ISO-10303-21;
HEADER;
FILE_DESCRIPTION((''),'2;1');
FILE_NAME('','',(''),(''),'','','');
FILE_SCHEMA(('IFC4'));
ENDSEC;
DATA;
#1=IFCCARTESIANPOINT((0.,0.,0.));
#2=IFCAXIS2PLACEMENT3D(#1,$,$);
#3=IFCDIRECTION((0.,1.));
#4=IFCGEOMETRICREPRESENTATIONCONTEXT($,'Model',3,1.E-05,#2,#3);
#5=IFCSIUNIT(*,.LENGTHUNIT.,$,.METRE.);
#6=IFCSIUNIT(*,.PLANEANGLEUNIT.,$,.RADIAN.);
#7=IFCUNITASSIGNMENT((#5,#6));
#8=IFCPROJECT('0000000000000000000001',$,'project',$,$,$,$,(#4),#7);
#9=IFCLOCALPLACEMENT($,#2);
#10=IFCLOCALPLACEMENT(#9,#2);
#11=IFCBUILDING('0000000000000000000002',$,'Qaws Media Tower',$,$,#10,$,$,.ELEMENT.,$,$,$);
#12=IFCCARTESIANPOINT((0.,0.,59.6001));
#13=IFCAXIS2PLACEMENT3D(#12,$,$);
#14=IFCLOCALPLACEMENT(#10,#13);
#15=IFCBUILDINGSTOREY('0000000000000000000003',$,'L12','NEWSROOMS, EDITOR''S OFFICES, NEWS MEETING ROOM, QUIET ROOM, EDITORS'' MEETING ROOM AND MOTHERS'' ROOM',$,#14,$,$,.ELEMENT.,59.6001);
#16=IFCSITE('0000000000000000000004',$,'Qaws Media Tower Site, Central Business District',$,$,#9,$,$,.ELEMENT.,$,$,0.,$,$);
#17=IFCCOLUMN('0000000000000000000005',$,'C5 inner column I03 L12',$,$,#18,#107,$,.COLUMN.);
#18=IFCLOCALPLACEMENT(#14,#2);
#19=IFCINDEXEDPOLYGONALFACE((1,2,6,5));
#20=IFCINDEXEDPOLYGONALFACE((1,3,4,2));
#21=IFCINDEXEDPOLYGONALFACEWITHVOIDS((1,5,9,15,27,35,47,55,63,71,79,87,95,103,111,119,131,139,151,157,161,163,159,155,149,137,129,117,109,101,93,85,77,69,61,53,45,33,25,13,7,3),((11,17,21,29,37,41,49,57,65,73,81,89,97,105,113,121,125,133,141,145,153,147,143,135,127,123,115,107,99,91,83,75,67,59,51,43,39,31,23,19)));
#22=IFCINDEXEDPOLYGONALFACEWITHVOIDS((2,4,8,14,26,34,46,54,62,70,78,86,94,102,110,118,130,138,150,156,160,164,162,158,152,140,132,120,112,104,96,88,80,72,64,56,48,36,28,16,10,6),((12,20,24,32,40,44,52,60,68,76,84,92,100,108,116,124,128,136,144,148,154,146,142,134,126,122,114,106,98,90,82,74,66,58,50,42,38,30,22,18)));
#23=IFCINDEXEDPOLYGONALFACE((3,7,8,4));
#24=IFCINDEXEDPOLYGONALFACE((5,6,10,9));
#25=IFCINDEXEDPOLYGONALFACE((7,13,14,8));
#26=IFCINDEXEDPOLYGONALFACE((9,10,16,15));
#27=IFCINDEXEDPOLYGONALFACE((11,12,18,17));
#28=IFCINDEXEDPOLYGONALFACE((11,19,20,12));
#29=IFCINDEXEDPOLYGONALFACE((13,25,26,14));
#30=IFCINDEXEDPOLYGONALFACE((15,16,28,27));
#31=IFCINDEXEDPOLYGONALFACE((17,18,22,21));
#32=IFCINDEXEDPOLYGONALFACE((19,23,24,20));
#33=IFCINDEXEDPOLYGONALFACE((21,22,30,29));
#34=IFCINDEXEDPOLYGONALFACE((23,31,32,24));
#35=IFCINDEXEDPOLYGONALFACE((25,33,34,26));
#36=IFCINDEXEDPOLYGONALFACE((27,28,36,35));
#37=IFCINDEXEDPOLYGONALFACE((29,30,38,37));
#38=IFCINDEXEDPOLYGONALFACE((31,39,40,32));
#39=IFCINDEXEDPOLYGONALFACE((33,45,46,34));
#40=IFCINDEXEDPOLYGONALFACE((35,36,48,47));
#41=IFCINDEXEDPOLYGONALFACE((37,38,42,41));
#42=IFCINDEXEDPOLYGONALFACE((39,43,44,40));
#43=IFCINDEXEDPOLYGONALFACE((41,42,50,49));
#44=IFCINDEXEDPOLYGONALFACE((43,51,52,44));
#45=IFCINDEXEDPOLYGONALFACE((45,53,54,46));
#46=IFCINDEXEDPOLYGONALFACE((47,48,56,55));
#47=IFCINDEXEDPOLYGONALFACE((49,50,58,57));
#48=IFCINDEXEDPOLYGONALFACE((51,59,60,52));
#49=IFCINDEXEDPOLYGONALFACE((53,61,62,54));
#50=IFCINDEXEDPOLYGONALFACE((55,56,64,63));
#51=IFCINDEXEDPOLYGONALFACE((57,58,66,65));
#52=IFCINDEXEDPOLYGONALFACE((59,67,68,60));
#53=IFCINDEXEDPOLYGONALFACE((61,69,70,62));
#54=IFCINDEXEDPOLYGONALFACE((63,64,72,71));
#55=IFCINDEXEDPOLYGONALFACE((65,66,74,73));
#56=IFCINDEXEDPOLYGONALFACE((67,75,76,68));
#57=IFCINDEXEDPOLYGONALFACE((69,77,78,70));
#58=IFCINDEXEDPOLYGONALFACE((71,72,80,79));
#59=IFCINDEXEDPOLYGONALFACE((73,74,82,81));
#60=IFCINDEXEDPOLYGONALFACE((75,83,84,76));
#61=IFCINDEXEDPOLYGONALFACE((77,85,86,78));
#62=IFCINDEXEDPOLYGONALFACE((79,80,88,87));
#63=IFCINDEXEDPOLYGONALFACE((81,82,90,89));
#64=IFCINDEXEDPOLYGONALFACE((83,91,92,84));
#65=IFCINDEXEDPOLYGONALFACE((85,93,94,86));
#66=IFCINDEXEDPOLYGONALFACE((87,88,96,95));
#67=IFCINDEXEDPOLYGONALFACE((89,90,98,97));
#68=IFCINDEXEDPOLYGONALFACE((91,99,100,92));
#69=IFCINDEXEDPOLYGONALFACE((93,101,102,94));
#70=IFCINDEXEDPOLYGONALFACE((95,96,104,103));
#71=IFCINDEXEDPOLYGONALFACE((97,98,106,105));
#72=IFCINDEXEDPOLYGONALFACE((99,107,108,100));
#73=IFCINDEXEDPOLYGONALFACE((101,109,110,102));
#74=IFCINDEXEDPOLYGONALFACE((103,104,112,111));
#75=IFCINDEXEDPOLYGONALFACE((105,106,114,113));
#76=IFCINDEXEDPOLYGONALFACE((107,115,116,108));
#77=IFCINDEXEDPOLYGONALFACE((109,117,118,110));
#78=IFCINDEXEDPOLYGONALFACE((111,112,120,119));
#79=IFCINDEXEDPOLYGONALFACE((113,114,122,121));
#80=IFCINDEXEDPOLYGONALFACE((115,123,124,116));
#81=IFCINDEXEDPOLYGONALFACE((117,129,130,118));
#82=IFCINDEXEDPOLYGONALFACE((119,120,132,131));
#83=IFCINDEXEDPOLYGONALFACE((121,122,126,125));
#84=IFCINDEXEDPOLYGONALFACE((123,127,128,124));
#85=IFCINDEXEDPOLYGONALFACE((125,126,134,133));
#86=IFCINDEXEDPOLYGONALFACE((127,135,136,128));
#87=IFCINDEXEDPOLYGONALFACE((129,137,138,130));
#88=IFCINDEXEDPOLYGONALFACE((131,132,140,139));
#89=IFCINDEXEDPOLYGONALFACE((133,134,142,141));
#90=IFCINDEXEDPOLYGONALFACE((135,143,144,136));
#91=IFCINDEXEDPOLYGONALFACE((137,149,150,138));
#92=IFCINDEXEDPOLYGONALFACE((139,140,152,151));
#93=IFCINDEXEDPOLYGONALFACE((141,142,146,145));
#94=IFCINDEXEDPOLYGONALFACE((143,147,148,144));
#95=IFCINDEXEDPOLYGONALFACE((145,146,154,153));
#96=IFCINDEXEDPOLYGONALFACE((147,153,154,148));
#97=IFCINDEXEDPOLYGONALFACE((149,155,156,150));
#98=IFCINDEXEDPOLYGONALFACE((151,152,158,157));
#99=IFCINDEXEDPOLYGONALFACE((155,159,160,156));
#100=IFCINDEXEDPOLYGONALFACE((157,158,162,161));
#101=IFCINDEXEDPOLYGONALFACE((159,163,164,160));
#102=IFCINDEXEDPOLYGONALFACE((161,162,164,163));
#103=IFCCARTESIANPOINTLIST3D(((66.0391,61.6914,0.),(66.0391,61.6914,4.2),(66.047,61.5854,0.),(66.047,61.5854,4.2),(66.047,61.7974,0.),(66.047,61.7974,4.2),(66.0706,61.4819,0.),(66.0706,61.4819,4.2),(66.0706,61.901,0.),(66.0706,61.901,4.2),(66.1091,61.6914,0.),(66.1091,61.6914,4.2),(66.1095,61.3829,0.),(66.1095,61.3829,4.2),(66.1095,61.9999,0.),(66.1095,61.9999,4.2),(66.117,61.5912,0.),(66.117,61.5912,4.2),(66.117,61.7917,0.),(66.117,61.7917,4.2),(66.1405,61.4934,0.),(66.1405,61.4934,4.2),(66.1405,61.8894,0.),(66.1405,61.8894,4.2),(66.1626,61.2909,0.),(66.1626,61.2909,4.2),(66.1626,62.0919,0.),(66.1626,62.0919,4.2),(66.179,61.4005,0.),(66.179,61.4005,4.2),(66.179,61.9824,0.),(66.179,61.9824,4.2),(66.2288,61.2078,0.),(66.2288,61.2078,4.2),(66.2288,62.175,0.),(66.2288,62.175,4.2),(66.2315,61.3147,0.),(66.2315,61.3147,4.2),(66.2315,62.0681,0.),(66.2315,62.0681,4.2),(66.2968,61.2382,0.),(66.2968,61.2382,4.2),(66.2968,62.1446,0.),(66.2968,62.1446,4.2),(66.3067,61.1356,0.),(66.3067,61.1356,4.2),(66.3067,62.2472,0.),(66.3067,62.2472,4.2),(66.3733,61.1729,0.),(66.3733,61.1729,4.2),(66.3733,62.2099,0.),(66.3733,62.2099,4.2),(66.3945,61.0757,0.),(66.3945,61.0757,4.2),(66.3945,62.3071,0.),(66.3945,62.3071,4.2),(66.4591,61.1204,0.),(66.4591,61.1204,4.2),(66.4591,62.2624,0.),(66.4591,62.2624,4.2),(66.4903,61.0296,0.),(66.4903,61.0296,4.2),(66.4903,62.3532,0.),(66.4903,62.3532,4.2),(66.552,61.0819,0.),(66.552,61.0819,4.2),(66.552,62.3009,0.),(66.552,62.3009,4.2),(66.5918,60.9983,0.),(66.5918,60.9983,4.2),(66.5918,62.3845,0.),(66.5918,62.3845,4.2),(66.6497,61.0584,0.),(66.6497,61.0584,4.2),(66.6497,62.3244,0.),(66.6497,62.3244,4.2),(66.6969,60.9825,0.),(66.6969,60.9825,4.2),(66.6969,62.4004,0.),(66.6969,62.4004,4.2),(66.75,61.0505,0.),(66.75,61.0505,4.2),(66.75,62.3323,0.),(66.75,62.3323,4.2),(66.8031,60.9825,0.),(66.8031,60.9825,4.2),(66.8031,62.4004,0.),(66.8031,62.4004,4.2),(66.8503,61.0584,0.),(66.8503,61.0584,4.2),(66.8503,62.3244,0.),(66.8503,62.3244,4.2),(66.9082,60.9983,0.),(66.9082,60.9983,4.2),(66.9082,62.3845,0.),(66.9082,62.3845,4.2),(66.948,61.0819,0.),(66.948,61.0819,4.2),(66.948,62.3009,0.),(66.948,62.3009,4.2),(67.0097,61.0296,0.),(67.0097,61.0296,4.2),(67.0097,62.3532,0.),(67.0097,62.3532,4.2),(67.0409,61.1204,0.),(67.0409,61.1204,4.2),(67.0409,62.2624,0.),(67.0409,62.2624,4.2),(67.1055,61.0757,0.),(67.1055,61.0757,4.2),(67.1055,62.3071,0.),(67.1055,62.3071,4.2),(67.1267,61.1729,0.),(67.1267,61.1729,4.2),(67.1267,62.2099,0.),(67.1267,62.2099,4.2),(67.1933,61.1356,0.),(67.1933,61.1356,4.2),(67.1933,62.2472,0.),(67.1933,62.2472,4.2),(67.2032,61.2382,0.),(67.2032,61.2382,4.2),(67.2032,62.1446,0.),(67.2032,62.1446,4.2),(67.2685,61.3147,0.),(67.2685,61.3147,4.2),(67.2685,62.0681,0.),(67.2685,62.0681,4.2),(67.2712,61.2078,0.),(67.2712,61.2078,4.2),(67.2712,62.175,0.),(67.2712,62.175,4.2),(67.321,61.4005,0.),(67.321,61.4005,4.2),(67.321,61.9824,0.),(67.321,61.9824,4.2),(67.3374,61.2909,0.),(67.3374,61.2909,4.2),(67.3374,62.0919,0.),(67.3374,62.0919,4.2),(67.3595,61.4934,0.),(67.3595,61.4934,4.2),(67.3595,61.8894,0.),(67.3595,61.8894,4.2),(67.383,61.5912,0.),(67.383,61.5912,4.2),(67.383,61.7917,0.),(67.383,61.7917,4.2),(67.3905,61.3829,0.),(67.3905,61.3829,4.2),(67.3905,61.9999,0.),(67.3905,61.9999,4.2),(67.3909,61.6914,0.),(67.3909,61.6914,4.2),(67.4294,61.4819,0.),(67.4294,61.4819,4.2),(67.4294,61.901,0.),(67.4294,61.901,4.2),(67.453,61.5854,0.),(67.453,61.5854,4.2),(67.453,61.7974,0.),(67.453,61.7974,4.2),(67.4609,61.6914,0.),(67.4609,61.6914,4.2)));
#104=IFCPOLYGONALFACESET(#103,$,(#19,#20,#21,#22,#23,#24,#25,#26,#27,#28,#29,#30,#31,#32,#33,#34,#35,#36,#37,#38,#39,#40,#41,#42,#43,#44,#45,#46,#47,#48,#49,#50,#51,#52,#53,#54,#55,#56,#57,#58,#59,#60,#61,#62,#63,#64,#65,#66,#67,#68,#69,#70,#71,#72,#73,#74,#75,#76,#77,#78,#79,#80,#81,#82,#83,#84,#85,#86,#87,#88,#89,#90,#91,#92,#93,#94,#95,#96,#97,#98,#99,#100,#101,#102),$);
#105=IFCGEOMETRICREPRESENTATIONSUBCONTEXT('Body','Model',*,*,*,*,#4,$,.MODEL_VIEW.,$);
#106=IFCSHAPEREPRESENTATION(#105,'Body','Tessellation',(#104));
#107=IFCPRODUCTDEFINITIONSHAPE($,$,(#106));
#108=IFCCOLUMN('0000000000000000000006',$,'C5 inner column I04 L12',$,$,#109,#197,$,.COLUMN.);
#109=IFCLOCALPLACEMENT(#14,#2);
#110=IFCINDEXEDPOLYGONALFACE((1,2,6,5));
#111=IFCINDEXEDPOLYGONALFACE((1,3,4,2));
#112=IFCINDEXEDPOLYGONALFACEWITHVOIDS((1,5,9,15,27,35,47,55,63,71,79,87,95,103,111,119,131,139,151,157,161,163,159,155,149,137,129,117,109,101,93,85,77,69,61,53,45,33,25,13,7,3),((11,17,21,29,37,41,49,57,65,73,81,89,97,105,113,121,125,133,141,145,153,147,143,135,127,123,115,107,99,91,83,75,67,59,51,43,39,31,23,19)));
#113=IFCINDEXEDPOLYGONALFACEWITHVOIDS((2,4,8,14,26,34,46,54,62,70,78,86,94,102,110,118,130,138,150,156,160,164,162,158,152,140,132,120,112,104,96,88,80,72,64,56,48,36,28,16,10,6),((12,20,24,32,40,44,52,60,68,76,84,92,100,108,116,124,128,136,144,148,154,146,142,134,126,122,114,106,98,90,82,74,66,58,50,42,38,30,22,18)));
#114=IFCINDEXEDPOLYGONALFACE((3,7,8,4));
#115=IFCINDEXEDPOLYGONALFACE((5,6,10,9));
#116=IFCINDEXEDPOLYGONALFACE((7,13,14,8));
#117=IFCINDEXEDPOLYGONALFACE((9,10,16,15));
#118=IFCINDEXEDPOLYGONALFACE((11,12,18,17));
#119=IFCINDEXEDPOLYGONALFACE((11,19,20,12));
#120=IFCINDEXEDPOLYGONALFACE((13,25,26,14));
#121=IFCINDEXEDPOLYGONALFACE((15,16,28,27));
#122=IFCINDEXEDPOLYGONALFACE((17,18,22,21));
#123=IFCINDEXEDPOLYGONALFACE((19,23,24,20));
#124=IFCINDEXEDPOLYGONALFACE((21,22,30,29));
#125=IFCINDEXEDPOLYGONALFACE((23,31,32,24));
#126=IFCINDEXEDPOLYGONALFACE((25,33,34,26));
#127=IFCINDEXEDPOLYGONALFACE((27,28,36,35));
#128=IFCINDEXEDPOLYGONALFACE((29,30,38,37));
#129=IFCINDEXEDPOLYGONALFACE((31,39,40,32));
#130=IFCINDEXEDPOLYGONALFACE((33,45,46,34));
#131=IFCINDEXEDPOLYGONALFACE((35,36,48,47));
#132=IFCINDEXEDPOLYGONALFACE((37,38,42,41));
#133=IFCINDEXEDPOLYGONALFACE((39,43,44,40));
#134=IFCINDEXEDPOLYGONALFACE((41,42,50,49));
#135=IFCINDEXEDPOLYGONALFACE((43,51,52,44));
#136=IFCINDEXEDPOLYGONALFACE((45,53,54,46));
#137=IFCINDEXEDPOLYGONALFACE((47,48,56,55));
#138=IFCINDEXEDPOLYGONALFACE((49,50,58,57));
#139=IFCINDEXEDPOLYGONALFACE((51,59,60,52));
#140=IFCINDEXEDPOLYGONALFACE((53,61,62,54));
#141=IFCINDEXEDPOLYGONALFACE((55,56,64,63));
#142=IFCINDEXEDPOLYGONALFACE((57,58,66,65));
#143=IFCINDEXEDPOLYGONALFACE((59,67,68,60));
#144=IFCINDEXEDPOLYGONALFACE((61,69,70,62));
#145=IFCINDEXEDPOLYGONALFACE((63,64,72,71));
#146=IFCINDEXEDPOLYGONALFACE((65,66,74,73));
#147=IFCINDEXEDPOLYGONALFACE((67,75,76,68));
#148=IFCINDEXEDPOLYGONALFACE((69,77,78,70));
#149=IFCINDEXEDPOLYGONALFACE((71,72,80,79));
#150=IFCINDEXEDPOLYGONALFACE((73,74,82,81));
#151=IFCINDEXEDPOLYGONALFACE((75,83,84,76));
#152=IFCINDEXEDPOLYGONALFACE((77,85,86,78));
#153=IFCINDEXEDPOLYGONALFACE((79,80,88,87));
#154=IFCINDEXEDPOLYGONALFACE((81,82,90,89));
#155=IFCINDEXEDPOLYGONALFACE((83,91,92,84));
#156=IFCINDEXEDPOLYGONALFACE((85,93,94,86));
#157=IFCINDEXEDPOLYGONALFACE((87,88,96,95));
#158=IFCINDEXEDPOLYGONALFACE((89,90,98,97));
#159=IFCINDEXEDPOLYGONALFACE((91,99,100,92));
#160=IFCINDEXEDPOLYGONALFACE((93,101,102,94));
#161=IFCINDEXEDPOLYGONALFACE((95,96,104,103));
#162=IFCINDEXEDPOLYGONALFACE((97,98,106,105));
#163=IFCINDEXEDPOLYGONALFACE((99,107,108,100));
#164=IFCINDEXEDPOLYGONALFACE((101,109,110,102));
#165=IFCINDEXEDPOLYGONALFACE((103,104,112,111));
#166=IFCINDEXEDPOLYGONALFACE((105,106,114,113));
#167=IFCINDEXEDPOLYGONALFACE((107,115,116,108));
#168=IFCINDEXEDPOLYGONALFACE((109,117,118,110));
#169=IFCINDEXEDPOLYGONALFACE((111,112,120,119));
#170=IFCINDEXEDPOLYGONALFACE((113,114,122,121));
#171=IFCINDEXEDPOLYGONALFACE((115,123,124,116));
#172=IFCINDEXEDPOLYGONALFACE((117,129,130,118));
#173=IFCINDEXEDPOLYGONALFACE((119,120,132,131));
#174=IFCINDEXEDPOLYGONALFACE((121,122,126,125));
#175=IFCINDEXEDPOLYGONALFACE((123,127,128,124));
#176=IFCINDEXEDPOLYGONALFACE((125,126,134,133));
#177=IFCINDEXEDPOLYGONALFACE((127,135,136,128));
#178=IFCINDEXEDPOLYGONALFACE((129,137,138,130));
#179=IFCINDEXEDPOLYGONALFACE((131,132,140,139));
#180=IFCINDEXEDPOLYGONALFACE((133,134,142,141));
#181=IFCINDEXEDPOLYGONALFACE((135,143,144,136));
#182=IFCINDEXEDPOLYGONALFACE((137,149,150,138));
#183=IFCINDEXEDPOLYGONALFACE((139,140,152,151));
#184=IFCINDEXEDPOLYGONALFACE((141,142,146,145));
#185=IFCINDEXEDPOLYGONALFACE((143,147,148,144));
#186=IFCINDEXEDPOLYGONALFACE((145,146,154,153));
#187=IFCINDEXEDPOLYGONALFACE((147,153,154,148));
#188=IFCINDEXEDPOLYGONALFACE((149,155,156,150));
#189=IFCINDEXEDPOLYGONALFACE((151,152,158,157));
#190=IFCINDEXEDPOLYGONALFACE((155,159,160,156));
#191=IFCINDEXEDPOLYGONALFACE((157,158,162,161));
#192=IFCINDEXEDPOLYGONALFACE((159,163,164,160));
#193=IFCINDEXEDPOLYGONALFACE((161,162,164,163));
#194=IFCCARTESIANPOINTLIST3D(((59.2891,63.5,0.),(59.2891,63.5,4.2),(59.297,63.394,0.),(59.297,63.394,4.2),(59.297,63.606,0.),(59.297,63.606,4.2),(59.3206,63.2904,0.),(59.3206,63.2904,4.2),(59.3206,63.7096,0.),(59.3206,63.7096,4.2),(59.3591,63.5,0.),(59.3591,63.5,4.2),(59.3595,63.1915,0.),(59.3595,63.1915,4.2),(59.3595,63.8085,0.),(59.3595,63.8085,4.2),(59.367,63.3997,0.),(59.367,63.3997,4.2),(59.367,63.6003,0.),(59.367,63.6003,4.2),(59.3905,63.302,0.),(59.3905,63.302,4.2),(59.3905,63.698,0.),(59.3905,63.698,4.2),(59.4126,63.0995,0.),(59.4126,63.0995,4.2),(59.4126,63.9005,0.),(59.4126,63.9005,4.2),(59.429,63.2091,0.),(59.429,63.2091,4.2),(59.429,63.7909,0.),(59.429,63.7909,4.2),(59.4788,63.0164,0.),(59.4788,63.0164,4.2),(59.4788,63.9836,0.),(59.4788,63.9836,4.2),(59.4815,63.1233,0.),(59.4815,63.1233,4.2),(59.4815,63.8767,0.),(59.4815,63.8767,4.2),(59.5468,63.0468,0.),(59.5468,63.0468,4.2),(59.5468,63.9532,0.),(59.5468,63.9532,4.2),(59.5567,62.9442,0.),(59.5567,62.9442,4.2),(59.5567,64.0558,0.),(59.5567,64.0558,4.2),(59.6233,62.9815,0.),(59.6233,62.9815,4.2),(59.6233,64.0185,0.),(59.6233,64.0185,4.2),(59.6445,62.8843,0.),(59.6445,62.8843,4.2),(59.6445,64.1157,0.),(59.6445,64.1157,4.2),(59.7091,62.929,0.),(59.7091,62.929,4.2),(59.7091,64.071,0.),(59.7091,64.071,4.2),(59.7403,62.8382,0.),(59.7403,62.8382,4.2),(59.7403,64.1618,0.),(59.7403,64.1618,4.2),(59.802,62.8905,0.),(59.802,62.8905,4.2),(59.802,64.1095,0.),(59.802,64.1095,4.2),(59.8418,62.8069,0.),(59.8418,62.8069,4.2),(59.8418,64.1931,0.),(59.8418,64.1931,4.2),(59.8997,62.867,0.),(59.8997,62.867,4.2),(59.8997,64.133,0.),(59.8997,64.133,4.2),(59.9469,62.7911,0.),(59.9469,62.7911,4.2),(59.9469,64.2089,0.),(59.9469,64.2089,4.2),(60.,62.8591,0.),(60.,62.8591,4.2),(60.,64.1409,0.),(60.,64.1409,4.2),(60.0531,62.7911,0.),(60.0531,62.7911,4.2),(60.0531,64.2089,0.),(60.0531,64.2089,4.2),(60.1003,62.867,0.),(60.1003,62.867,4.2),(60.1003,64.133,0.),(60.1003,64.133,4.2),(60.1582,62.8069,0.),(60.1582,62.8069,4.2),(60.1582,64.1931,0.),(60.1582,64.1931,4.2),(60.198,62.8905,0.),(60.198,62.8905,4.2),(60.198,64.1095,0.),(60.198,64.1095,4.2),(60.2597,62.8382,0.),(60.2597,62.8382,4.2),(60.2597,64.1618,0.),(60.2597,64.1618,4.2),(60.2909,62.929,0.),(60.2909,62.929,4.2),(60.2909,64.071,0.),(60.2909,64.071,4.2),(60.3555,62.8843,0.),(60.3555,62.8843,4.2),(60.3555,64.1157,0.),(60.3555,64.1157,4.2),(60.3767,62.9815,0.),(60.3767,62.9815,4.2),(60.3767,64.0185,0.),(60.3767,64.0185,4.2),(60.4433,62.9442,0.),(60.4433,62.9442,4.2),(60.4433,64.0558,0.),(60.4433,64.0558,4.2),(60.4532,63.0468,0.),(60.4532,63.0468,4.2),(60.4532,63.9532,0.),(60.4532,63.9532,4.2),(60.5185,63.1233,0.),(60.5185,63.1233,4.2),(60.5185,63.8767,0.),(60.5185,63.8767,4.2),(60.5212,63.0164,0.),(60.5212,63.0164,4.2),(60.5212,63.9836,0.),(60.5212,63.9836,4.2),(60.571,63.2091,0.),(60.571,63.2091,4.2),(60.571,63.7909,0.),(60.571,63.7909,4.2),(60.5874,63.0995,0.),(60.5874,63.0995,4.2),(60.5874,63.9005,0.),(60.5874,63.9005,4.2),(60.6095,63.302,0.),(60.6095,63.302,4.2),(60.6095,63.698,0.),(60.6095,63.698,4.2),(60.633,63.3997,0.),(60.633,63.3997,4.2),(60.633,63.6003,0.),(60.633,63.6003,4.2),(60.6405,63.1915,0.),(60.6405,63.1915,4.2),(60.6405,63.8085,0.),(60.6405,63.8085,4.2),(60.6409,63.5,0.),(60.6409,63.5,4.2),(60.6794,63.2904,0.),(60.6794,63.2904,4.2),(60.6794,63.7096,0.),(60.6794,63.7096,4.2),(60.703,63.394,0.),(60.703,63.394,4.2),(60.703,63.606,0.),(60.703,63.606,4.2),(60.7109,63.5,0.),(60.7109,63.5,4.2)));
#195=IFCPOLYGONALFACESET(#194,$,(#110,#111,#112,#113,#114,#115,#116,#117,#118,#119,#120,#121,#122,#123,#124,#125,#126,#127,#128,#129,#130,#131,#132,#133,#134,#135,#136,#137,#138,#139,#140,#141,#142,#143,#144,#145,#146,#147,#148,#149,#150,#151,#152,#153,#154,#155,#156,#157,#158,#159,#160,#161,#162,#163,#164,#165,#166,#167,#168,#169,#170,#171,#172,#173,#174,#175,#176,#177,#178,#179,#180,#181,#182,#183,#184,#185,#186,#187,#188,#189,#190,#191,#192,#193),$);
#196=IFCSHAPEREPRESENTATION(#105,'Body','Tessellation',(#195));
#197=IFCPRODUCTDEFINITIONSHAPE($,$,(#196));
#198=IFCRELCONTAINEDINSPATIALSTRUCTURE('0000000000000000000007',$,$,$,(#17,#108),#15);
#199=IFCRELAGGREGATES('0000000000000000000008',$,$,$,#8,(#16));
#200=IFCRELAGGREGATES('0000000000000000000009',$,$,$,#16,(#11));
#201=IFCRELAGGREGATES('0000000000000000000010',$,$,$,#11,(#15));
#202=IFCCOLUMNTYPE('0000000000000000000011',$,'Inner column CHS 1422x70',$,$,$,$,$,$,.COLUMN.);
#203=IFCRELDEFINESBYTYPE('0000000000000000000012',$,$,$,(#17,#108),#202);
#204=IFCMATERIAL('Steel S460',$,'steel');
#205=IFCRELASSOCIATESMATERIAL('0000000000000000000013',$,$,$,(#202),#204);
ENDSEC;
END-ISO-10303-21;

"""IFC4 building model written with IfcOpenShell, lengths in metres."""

from ifc_helpers import new_model, si_unit, direction, frame, origin, origin_2d, place, context, subcontext, project, spatial, hollow_circle, extrude, material, material_profile, profile_set, type_object, element, save


model = new_model("IFC4")

# Units and contexts
model_context = context("Model", 3, precision=1e-05, world=origin(), true_north=direction((0.0, 1.0)))
body_context = subcontext(model_context, "Body", "Model", "MODEL_VIEW")
ifc_project = project(units=[si_unit("LENGTHUNIT", "METRE"), si_unit("PLANEANGLEUNIT", "RADIAN")], contexts=[model_context])

# Site, building, storey
site_placement = place(None, origin())
site = spatial("IfcSite", under=ifc_project, at=site_placement, Name="Qaws Media Tower Site, Central Business District", CompositionType="ELEMENT", RefElevation=0.0)
building_placement = place(site_placement, origin())
building = spatial("IfcBuilding", under=site, at=building_placement, Name="Qaws Media Tower", CompositionType="ELEMENT")
storey_placement = place(building_placement, frame((0.0, 0.0, 59.6001)))
storey = spatial("IfcBuildingStorey", under=building, at=storey_placement, Name="L12", Description="NEWSROOMS, EDITOR'S OFFICES, NEWS MEETING ROOM, QUIET ROOM, EDITORS' MEETING ROOM AND MOTHERS' ROOM", CompositionType="ELEMENT", Elevation=59.6001)

# Columns
ifc_material_1 = material(Name="Steel S460", Category="steel")
ifc_material_profile_1 = material_profile(ifc_material_1, hollow_circle(Radius=0.7109, WallThickness=0.0701, at=origin_2d()), Name="CHS 1422x70")
ifc_profile_set_1 = profile_set([ifc_material_profile_1], Name="Steel S460")
column_type = type_object("IfcColumnType", Name="Inner column CHS 1422x70", PredefinedType="COLUMN", material=ifc_profile_set_1)
for number, where, z_axis, x_axis, name in (
    (1, (66.75, 61.6914, 0.0), (0.0, 0.0, 1.0), (1.0, 0.0, 0.0), "C5 inner column I03 L12"),
    (2, (60.0, 63.5, 0.0), (0.0, 0.0, 1.0), (1.0, 0.0, 0.0), "C5 inner column I04 L12"),
):
    element("IfcColumn", number, at=place(storey_placement, frame(where, z_axis=z_axis, x_axis=x_axis)), inside=storey, type_object=column_type, Name=name, PredefinedType="COLUMN", context=body_context, shape_type="SweptSolid", body=[
        extrude(hollow_circle(Radius=0.7109, WallThickness=0.0701, at=origin_2d()), origin(), (0.0, 0.0, 1.0), 4.2),
    ])

save(model, "model.ifc")
